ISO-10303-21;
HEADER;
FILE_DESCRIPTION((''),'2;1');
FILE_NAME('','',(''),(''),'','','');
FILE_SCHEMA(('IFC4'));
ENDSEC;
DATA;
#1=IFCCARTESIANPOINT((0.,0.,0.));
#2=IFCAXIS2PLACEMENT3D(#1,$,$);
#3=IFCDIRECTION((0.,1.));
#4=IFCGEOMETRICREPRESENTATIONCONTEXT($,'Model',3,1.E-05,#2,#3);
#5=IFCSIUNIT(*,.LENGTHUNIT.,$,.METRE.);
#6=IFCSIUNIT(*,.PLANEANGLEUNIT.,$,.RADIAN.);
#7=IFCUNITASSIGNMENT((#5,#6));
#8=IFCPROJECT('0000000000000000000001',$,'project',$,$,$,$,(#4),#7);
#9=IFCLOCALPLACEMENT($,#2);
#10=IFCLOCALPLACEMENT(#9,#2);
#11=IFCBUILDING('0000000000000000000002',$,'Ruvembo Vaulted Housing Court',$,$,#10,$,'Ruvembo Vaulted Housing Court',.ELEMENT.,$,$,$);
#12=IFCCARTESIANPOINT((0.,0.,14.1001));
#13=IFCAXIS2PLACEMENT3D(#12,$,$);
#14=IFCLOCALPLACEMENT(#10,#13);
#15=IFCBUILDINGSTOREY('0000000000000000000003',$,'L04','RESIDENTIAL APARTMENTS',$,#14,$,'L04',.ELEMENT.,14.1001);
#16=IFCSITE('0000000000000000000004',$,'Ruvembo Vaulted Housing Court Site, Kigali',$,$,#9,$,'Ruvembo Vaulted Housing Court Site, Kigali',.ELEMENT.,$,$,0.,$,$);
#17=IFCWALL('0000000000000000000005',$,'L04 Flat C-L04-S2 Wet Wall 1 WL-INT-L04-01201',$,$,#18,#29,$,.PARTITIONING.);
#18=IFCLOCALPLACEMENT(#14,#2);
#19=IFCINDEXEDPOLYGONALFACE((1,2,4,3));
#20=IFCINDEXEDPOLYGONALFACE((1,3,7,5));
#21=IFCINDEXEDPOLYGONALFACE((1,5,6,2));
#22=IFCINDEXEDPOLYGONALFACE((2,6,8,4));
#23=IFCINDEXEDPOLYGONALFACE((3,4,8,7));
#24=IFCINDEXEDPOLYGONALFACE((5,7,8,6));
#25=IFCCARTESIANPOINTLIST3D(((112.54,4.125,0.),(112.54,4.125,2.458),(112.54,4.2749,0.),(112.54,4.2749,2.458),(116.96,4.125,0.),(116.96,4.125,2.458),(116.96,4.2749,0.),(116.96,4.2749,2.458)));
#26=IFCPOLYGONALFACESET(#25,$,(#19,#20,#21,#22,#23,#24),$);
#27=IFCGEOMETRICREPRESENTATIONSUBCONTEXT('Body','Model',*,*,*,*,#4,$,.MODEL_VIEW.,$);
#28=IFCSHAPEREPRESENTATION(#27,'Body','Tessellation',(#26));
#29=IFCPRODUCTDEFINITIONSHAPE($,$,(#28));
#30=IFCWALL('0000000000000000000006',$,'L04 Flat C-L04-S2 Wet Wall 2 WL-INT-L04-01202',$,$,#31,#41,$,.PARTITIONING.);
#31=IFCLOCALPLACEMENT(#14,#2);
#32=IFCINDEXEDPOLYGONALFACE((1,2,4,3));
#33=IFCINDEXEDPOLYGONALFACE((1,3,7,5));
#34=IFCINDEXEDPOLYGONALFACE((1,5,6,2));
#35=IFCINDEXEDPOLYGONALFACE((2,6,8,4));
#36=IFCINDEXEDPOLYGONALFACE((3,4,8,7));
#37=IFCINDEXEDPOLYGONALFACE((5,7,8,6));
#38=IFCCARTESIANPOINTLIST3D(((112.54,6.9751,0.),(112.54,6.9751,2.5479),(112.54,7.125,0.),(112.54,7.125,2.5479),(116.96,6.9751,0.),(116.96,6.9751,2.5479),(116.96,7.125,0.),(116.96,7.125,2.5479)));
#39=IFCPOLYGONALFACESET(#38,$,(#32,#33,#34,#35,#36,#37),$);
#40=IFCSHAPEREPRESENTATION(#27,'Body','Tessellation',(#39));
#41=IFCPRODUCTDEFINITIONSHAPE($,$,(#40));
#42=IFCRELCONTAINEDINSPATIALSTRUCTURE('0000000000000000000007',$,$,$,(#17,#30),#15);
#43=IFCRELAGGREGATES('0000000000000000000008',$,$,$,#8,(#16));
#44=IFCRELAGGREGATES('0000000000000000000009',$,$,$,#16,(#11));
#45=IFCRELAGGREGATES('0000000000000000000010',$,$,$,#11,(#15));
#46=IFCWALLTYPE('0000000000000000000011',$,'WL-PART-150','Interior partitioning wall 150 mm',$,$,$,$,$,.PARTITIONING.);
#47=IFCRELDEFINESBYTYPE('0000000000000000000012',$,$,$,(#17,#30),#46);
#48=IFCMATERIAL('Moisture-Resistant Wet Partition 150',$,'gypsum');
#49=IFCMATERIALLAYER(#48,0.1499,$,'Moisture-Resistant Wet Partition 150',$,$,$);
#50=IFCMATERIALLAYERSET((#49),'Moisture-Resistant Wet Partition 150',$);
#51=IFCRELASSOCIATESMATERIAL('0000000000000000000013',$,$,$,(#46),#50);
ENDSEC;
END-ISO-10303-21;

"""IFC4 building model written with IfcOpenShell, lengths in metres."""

from ifc_helpers import new_model, si_unit, direction, frame, frame_2d, origin, place, context, subcontext, project, spatial, rectangle, extrude, material, layer, layer_set, type_object, element, save


model = new_model("IFC4")

# Units and contexts
model_context = context("Model", 3, precision=1e-05, world=origin(), true_north=direction((0.0, 1.0)))
body_context = subcontext(model_context, "Body", "Model", "MODEL_VIEW")
ifc_project = project(units=[si_unit("LENGTHUNIT", "METRE"), si_unit("PLANEANGLEUNIT", "RADIAN")], contexts=[model_context])

# Site, building, storey
site_placement = place(None, origin())
site = spatial("IfcSite", under=ifc_project, at=site_placement, Name="Ruvembo Vaulted Housing Court Site, Kigali", LongName="Ruvembo Vaulted Housing Court Site, Kigali", CompositionType="ELEMENT", RefElevation=0.0)
building_placement = place(site_placement, origin())
building = spatial("IfcBuilding", under=site, at=building_placement, Name="Ruvembo Vaulted Housing Court", LongName="Ruvembo Vaulted Housing Court", CompositionType="ELEMENT")
storey_placement = place(building_placement, frame((0.0, 0.0, 14.1001)))
storey = spatial("IfcBuildingStorey", under=building, at=storey_placement, Name="L04", Description="RESIDENTIAL APARTMENTS", LongName="L04", CompositionType="ELEMENT", Elevation=14.1001)

# Walls
ifc_material_1 = material(Name="Moisture-Resistant Wet Partition 150", Category="gypsum")
ifc_layer_1 = layer(ifc_material_1, 0.1499, Name="Moisture-Resistant Wet Partition 150")
ifc_layer_set_1 = layer_set([ifc_layer_1], Name="Moisture-Resistant Wet Partition 150")
wall_type_1 = type_object("IfcWallType", Name="WL-PART-150", Description="Interior partitioning wall 150 mm", PredefinedType="PARTITIONING", material=ifc_layer_set_1)
wall_1_placement = place(storey_placement, frame((112.54, 4.2, 0.0), z_axis=(0.0, 0.0, 1.0), x_axis=(1.0, 0.0, 0.0)))
element("IfcWall", 1, at=wall_1_placement, inside=storey, type_object=wall_type_1, Name="L04 Flat C-L04-S2 Wet Wall 1 WL-INT-L04-01201", PredefinedType="PARTITIONING", context=body_context, shape_type="SweptSolid", body=[
    extrude(rectangle(XDim=4.4199, YDim=0.1499, at=frame_2d((2.21, 0.0))), origin(), (0.0, 0.0, 1.0), 2.458),
])
wall_2_placement = place(storey_placement, frame((112.54, 7.05, 0.0), z_axis=(0.0, 0.0, 1.0), x_axis=(1.0, 0.0, 0.0)))
element("IfcWall", 2, at=wall_2_placement, inside=storey, type_object=wall_type_1, Name="L04 Flat C-L04-S2 Wet Wall 2 WL-INT-L04-01202", PredefinedType="PARTITIONING", context=body_context, shape_type="SweptSolid", body=[
    extrude(rectangle(XDim=4.4199, YDim=0.1499, at=frame_2d((2.21, 0.0))), origin(), (0.0, 0.0, 1.0), 2.5479),
])

save(model, "model.ifc")
